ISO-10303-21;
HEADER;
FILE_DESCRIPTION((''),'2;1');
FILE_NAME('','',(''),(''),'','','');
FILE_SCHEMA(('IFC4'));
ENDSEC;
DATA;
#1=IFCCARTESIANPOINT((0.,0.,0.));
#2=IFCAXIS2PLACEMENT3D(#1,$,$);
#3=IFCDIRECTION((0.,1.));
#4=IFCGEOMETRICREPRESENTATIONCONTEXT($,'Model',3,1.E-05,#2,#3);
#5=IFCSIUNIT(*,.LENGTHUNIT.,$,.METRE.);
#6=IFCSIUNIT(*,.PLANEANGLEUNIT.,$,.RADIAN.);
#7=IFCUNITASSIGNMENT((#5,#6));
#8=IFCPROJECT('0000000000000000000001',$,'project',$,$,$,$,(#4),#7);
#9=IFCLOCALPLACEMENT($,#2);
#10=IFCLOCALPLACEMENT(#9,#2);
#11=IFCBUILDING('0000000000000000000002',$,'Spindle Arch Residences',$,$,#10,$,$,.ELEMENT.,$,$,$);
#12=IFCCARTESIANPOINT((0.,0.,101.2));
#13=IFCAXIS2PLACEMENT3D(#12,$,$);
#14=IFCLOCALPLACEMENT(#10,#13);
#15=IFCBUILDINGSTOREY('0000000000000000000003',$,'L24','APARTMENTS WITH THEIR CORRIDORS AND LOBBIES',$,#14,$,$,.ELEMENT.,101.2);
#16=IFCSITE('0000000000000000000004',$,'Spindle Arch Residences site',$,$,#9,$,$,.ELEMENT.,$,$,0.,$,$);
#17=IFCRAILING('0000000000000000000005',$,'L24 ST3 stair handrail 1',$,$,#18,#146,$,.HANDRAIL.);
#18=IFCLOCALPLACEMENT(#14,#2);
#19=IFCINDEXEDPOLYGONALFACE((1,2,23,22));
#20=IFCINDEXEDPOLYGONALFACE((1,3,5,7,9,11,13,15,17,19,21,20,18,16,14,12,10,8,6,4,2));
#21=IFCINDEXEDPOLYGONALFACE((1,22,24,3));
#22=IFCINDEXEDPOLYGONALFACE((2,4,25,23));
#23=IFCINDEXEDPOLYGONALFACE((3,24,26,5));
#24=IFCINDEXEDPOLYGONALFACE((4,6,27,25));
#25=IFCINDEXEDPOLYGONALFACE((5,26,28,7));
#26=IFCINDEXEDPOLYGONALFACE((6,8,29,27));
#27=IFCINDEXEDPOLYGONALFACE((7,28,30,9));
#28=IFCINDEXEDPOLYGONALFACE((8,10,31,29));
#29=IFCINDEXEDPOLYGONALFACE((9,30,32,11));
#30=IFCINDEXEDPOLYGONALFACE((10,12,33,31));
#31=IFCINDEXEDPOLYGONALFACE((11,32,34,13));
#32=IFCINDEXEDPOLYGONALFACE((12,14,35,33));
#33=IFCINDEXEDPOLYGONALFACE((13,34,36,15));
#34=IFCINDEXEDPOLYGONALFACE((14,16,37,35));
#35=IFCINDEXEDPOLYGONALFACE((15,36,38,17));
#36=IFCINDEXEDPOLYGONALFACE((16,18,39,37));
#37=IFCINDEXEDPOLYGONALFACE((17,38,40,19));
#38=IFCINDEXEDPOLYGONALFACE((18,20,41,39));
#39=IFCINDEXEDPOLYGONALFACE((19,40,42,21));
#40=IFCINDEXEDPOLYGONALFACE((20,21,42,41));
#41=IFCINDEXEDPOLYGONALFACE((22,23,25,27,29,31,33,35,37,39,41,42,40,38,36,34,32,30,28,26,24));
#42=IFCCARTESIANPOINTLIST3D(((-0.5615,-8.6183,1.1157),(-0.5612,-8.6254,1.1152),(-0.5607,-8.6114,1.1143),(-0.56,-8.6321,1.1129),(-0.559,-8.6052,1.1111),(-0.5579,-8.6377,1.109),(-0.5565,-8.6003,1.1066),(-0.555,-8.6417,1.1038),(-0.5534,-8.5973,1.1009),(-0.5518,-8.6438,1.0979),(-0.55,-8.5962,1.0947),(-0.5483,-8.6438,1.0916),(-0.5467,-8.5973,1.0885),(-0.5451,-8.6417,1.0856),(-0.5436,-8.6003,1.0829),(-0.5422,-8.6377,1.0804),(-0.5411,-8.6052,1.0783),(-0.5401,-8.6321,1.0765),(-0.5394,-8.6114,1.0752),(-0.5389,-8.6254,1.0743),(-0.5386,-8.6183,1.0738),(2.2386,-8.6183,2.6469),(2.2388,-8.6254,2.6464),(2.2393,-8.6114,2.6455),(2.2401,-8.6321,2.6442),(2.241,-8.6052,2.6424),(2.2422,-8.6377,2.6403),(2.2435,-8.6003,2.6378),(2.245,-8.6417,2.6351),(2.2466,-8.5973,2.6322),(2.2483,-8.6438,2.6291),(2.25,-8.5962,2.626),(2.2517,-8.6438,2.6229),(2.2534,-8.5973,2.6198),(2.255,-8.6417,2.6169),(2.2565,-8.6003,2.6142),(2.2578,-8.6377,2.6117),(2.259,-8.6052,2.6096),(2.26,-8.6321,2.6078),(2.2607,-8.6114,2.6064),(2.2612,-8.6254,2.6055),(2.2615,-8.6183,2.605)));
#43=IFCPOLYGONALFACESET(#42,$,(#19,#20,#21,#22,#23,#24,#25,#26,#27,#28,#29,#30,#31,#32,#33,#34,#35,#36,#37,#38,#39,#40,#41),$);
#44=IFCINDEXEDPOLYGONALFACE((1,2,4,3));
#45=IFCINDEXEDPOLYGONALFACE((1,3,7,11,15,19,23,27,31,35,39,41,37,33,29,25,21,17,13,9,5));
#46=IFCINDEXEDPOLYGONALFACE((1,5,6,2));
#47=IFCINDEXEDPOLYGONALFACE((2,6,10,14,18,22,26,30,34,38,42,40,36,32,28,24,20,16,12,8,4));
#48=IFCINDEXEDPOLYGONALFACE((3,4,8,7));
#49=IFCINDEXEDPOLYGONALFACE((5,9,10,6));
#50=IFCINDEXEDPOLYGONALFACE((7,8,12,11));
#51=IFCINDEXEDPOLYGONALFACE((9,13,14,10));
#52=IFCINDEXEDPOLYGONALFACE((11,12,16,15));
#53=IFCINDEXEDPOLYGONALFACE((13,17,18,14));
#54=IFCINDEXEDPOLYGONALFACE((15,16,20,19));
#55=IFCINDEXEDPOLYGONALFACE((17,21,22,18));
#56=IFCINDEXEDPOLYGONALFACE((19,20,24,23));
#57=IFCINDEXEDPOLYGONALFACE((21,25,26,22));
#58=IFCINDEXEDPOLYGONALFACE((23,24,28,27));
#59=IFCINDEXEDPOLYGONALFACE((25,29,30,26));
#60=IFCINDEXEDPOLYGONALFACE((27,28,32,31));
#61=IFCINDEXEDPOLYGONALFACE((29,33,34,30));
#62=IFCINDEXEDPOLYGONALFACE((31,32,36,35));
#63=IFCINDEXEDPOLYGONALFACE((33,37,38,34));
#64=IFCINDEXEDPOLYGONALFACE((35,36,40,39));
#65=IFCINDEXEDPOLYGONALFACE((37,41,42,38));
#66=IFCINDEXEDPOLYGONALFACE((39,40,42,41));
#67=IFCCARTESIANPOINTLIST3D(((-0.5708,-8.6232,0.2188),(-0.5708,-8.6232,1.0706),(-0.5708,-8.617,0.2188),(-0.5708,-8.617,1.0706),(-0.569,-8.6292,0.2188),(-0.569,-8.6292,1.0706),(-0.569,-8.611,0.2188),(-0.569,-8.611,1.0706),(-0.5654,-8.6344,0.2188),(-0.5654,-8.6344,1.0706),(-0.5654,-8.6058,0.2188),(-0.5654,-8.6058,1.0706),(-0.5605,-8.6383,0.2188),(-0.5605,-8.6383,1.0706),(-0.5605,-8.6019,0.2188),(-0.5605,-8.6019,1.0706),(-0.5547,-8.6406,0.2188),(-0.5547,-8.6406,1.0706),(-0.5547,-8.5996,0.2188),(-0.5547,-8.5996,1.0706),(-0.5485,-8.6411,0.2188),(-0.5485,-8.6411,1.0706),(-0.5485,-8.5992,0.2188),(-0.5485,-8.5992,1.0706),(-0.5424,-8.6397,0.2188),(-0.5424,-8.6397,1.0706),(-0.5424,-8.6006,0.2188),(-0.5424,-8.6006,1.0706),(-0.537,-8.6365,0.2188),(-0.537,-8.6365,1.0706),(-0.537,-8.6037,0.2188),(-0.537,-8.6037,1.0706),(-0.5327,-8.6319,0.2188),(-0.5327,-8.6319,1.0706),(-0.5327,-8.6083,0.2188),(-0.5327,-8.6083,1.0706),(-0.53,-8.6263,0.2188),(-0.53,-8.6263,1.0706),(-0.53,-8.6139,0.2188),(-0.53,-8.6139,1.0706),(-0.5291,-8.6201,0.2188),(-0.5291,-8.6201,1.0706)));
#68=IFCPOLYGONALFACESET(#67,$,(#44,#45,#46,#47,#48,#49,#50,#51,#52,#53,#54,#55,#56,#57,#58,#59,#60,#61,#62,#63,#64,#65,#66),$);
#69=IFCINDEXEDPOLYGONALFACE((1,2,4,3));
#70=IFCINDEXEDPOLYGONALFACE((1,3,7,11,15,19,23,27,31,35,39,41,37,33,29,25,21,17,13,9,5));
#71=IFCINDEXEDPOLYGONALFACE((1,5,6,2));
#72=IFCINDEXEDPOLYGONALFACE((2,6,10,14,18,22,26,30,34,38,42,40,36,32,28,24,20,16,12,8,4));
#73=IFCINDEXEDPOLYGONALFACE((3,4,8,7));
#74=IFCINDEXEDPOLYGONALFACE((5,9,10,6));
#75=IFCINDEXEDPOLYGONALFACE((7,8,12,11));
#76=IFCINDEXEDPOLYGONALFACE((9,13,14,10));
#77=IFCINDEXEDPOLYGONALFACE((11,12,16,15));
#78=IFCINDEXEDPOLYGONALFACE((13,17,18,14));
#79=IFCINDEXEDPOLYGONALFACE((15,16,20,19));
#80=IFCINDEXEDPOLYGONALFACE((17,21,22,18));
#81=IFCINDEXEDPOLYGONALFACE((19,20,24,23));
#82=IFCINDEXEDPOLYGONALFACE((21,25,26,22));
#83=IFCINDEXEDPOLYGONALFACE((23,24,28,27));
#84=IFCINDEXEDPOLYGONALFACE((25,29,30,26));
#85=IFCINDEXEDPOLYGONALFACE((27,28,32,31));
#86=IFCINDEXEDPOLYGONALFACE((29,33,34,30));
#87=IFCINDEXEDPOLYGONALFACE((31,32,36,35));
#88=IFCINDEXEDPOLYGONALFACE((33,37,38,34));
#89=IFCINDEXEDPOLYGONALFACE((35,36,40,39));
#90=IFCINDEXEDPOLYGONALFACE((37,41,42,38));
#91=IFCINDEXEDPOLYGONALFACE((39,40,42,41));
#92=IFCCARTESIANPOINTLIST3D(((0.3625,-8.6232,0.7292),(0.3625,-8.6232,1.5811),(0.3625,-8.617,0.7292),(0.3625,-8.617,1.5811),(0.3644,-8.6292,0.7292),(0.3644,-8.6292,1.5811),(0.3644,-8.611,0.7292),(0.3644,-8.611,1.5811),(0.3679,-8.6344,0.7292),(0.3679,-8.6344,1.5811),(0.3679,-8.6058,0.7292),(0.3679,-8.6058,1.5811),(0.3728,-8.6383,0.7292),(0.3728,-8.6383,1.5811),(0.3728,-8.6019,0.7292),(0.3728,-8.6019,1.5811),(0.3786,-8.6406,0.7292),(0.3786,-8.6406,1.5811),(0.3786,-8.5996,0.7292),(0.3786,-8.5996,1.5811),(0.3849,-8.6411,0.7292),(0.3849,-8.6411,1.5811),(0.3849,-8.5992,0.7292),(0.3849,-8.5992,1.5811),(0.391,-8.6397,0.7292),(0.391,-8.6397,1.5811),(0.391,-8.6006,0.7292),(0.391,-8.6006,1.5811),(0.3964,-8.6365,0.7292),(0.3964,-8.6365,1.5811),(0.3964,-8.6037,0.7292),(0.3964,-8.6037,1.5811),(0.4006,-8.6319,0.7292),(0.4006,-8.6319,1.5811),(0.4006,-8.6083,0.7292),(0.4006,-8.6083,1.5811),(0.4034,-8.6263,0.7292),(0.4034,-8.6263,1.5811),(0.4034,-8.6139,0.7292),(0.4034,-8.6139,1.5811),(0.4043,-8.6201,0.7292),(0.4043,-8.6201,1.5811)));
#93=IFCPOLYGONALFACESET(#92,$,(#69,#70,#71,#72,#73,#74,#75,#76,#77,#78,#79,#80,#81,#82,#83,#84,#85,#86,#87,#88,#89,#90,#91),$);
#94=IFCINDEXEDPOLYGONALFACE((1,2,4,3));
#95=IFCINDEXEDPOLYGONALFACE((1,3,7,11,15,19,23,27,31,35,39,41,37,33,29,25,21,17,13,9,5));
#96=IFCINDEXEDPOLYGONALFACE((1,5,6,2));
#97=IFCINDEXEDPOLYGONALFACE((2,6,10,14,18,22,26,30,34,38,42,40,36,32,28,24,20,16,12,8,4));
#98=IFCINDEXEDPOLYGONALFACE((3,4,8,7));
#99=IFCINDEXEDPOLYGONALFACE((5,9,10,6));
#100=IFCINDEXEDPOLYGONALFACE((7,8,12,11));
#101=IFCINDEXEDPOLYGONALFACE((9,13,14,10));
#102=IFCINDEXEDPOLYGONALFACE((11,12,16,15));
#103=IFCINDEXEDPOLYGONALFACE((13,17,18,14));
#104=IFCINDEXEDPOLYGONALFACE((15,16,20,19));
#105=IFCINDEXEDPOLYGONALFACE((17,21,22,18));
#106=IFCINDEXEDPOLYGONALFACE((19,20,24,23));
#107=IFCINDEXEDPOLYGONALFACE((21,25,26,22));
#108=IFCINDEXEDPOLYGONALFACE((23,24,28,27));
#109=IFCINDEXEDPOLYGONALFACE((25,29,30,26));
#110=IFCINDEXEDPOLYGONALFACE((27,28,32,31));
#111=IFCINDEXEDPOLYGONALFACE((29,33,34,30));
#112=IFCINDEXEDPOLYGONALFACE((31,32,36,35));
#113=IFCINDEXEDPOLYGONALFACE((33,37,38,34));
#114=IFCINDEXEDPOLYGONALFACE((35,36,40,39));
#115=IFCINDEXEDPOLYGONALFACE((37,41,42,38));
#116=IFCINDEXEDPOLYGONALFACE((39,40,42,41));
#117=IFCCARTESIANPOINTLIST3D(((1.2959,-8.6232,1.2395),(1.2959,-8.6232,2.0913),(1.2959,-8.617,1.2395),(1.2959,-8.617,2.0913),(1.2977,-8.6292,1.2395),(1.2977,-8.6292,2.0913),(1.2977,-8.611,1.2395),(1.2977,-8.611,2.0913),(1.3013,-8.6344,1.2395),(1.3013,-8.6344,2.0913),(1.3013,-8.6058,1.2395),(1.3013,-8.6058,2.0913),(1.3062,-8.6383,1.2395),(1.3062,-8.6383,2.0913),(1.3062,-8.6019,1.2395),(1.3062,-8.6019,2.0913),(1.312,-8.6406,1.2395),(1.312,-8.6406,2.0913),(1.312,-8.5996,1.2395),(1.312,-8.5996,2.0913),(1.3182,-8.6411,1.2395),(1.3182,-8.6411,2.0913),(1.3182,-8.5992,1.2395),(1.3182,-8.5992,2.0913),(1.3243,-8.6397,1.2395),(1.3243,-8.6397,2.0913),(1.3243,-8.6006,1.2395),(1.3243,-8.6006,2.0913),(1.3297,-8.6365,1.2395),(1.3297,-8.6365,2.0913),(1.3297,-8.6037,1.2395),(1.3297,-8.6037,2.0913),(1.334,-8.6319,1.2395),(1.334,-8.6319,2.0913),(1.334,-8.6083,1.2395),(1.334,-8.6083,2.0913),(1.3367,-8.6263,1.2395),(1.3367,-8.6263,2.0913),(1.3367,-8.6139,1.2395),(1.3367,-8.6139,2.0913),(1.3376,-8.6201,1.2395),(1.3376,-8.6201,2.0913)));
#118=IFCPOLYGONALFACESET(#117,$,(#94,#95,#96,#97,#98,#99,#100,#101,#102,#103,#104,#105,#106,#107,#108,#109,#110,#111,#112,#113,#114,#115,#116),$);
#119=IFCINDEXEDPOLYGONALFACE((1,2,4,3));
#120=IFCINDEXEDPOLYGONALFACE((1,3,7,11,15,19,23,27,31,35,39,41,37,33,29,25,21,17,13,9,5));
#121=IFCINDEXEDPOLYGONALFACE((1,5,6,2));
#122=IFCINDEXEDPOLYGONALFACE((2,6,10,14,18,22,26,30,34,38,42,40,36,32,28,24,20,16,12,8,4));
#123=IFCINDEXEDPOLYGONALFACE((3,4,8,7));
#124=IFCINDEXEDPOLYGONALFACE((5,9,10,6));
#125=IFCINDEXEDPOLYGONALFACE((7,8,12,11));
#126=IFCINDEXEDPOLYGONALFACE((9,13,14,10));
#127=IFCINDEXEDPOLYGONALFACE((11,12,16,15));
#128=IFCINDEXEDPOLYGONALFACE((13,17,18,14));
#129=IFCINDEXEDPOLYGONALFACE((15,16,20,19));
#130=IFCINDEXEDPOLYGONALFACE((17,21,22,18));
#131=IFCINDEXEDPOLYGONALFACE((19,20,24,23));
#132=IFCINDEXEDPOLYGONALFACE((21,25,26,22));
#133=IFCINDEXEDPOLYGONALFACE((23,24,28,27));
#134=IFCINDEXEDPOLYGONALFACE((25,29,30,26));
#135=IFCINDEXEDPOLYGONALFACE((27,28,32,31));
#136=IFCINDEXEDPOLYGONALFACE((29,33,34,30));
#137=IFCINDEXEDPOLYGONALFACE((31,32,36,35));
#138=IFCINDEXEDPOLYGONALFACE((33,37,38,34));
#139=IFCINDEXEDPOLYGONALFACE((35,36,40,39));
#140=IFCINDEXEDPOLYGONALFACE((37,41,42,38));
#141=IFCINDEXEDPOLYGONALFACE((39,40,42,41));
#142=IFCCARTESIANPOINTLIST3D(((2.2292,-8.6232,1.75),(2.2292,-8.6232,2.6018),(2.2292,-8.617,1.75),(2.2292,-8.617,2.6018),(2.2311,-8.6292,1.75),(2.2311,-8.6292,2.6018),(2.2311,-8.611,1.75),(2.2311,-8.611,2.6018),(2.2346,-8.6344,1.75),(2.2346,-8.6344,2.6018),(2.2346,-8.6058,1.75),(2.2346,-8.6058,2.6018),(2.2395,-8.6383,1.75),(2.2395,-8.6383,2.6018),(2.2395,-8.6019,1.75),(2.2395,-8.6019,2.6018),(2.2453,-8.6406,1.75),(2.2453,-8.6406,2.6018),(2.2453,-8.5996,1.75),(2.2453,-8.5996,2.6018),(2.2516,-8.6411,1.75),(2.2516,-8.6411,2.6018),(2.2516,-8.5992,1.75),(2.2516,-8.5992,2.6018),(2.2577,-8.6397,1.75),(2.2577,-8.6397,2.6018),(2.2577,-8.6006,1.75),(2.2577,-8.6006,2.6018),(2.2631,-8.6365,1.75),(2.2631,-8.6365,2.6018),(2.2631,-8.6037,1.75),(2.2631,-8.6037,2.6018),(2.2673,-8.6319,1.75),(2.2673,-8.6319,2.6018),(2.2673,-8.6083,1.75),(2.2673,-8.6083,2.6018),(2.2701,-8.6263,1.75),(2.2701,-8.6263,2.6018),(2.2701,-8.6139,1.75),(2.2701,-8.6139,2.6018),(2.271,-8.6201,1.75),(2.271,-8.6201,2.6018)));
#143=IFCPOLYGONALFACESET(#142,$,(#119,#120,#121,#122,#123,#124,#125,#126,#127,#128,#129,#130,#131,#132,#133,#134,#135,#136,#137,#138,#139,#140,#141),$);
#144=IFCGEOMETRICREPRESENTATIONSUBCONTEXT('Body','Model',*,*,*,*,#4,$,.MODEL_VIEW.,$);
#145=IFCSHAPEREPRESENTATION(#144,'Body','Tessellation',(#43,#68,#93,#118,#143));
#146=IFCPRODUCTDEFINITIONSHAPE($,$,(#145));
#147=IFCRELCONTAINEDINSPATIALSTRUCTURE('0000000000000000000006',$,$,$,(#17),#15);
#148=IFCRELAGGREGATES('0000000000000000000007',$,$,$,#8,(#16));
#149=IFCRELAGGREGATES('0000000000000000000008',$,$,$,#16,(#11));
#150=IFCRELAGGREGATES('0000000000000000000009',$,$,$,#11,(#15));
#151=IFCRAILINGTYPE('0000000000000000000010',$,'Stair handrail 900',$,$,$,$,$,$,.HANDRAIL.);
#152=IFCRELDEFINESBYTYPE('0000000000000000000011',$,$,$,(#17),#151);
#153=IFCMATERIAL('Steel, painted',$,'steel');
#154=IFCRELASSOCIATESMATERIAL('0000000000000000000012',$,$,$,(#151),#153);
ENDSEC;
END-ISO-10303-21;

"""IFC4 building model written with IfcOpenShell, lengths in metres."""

from ifc_helpers import new_model, si_unit, direction, frame, origin, origin_2d, place, context, subcontext, project, spatial, circle, extrude, material, type_object, element, save


model = new_model("IFC4")

# Units and contexts
model_context = context("Model", 3, precision=1e-05, world=origin(), true_north=direction((0.0, 1.0)))
body_context = subcontext(model_context, "Body", "Model", "MODEL_VIEW")
ifc_project = project(units=[si_unit("LENGTHUNIT", "METRE"), si_unit("PLANEANGLEUNIT", "RADIAN")], contexts=[model_context])

# Site, building, storey
site_placement = place(None, origin())
site = spatial("IfcSite", under=ifc_project, at=site_placement, Name="Spindle Arch Residences site", CompositionType="ELEMENT", RefElevation=0.0)
building_placement = place(site_placement, origin())
building = spatial("IfcBuilding", under=site, at=building_placement, Name="Spindle Arch Residences", CompositionType="ELEMENT")
storey_placement = place(building_placement, frame((0.0, 0.0, 101.2)))
storey = spatial("IfcBuildingStorey", under=building, at=storey_placement, Name="L24", Description="APARTMENTS WITH THEIR CORRIDORS AND LOBBIES", CompositionType="ELEMENT", Elevation=101.2)

# Railing
ifc_material_1 = material(Name="Steel, painted", Category="steel")
railing_type_1 = type_object("IfcRailingType", Name="Stair handrail 900", PredefinedType="HANDRAIL", material=ifc_material_1)
railing_1_placement = place(storey_placement, frame((-0.55, -8.6201, 0.2188)))
element("IfcRailing", 1, at=railing_1_placement, inside=storey, type_object=railing_type_1, Name="L24 ST3 stair handrail 1", PredefinedType="HANDRAIL", context=body_context, shape_type="SweptSolid", body=[
    extrude(circle(Radius=0.0239, at=origin_2d()), frame((0.0, 0.0, 0.876), z_axis=(0.877375, 0.0, 0.479806), x_axis=(0.0, 1.0, 0.0)), (0.0, 0.0, 1.0), 3.1914),
    extrude(circle(Radius=0.021, at=origin_2d()), origin(), (0.0, 0.0, 1.0), 0.8518),
    extrude(circle(Radius=0.021, at=origin_2d()), frame((0.9333, 0.0, 0.5105)), (0.0, 0.0, 1.0), 0.8518),
    extrude(circle(Radius=0.021, at=origin_2d()), frame((1.8667, 0.0, 1.0208)), (0.0, 0.0, 1.0), 0.8518),
    extrude(circle(Radius=0.021, at=origin_2d()), frame((2.8, 0.0, 1.5312)), (0.0, 0.0, 1.0), 0.8518),
])

save(model, "model.ifc")
